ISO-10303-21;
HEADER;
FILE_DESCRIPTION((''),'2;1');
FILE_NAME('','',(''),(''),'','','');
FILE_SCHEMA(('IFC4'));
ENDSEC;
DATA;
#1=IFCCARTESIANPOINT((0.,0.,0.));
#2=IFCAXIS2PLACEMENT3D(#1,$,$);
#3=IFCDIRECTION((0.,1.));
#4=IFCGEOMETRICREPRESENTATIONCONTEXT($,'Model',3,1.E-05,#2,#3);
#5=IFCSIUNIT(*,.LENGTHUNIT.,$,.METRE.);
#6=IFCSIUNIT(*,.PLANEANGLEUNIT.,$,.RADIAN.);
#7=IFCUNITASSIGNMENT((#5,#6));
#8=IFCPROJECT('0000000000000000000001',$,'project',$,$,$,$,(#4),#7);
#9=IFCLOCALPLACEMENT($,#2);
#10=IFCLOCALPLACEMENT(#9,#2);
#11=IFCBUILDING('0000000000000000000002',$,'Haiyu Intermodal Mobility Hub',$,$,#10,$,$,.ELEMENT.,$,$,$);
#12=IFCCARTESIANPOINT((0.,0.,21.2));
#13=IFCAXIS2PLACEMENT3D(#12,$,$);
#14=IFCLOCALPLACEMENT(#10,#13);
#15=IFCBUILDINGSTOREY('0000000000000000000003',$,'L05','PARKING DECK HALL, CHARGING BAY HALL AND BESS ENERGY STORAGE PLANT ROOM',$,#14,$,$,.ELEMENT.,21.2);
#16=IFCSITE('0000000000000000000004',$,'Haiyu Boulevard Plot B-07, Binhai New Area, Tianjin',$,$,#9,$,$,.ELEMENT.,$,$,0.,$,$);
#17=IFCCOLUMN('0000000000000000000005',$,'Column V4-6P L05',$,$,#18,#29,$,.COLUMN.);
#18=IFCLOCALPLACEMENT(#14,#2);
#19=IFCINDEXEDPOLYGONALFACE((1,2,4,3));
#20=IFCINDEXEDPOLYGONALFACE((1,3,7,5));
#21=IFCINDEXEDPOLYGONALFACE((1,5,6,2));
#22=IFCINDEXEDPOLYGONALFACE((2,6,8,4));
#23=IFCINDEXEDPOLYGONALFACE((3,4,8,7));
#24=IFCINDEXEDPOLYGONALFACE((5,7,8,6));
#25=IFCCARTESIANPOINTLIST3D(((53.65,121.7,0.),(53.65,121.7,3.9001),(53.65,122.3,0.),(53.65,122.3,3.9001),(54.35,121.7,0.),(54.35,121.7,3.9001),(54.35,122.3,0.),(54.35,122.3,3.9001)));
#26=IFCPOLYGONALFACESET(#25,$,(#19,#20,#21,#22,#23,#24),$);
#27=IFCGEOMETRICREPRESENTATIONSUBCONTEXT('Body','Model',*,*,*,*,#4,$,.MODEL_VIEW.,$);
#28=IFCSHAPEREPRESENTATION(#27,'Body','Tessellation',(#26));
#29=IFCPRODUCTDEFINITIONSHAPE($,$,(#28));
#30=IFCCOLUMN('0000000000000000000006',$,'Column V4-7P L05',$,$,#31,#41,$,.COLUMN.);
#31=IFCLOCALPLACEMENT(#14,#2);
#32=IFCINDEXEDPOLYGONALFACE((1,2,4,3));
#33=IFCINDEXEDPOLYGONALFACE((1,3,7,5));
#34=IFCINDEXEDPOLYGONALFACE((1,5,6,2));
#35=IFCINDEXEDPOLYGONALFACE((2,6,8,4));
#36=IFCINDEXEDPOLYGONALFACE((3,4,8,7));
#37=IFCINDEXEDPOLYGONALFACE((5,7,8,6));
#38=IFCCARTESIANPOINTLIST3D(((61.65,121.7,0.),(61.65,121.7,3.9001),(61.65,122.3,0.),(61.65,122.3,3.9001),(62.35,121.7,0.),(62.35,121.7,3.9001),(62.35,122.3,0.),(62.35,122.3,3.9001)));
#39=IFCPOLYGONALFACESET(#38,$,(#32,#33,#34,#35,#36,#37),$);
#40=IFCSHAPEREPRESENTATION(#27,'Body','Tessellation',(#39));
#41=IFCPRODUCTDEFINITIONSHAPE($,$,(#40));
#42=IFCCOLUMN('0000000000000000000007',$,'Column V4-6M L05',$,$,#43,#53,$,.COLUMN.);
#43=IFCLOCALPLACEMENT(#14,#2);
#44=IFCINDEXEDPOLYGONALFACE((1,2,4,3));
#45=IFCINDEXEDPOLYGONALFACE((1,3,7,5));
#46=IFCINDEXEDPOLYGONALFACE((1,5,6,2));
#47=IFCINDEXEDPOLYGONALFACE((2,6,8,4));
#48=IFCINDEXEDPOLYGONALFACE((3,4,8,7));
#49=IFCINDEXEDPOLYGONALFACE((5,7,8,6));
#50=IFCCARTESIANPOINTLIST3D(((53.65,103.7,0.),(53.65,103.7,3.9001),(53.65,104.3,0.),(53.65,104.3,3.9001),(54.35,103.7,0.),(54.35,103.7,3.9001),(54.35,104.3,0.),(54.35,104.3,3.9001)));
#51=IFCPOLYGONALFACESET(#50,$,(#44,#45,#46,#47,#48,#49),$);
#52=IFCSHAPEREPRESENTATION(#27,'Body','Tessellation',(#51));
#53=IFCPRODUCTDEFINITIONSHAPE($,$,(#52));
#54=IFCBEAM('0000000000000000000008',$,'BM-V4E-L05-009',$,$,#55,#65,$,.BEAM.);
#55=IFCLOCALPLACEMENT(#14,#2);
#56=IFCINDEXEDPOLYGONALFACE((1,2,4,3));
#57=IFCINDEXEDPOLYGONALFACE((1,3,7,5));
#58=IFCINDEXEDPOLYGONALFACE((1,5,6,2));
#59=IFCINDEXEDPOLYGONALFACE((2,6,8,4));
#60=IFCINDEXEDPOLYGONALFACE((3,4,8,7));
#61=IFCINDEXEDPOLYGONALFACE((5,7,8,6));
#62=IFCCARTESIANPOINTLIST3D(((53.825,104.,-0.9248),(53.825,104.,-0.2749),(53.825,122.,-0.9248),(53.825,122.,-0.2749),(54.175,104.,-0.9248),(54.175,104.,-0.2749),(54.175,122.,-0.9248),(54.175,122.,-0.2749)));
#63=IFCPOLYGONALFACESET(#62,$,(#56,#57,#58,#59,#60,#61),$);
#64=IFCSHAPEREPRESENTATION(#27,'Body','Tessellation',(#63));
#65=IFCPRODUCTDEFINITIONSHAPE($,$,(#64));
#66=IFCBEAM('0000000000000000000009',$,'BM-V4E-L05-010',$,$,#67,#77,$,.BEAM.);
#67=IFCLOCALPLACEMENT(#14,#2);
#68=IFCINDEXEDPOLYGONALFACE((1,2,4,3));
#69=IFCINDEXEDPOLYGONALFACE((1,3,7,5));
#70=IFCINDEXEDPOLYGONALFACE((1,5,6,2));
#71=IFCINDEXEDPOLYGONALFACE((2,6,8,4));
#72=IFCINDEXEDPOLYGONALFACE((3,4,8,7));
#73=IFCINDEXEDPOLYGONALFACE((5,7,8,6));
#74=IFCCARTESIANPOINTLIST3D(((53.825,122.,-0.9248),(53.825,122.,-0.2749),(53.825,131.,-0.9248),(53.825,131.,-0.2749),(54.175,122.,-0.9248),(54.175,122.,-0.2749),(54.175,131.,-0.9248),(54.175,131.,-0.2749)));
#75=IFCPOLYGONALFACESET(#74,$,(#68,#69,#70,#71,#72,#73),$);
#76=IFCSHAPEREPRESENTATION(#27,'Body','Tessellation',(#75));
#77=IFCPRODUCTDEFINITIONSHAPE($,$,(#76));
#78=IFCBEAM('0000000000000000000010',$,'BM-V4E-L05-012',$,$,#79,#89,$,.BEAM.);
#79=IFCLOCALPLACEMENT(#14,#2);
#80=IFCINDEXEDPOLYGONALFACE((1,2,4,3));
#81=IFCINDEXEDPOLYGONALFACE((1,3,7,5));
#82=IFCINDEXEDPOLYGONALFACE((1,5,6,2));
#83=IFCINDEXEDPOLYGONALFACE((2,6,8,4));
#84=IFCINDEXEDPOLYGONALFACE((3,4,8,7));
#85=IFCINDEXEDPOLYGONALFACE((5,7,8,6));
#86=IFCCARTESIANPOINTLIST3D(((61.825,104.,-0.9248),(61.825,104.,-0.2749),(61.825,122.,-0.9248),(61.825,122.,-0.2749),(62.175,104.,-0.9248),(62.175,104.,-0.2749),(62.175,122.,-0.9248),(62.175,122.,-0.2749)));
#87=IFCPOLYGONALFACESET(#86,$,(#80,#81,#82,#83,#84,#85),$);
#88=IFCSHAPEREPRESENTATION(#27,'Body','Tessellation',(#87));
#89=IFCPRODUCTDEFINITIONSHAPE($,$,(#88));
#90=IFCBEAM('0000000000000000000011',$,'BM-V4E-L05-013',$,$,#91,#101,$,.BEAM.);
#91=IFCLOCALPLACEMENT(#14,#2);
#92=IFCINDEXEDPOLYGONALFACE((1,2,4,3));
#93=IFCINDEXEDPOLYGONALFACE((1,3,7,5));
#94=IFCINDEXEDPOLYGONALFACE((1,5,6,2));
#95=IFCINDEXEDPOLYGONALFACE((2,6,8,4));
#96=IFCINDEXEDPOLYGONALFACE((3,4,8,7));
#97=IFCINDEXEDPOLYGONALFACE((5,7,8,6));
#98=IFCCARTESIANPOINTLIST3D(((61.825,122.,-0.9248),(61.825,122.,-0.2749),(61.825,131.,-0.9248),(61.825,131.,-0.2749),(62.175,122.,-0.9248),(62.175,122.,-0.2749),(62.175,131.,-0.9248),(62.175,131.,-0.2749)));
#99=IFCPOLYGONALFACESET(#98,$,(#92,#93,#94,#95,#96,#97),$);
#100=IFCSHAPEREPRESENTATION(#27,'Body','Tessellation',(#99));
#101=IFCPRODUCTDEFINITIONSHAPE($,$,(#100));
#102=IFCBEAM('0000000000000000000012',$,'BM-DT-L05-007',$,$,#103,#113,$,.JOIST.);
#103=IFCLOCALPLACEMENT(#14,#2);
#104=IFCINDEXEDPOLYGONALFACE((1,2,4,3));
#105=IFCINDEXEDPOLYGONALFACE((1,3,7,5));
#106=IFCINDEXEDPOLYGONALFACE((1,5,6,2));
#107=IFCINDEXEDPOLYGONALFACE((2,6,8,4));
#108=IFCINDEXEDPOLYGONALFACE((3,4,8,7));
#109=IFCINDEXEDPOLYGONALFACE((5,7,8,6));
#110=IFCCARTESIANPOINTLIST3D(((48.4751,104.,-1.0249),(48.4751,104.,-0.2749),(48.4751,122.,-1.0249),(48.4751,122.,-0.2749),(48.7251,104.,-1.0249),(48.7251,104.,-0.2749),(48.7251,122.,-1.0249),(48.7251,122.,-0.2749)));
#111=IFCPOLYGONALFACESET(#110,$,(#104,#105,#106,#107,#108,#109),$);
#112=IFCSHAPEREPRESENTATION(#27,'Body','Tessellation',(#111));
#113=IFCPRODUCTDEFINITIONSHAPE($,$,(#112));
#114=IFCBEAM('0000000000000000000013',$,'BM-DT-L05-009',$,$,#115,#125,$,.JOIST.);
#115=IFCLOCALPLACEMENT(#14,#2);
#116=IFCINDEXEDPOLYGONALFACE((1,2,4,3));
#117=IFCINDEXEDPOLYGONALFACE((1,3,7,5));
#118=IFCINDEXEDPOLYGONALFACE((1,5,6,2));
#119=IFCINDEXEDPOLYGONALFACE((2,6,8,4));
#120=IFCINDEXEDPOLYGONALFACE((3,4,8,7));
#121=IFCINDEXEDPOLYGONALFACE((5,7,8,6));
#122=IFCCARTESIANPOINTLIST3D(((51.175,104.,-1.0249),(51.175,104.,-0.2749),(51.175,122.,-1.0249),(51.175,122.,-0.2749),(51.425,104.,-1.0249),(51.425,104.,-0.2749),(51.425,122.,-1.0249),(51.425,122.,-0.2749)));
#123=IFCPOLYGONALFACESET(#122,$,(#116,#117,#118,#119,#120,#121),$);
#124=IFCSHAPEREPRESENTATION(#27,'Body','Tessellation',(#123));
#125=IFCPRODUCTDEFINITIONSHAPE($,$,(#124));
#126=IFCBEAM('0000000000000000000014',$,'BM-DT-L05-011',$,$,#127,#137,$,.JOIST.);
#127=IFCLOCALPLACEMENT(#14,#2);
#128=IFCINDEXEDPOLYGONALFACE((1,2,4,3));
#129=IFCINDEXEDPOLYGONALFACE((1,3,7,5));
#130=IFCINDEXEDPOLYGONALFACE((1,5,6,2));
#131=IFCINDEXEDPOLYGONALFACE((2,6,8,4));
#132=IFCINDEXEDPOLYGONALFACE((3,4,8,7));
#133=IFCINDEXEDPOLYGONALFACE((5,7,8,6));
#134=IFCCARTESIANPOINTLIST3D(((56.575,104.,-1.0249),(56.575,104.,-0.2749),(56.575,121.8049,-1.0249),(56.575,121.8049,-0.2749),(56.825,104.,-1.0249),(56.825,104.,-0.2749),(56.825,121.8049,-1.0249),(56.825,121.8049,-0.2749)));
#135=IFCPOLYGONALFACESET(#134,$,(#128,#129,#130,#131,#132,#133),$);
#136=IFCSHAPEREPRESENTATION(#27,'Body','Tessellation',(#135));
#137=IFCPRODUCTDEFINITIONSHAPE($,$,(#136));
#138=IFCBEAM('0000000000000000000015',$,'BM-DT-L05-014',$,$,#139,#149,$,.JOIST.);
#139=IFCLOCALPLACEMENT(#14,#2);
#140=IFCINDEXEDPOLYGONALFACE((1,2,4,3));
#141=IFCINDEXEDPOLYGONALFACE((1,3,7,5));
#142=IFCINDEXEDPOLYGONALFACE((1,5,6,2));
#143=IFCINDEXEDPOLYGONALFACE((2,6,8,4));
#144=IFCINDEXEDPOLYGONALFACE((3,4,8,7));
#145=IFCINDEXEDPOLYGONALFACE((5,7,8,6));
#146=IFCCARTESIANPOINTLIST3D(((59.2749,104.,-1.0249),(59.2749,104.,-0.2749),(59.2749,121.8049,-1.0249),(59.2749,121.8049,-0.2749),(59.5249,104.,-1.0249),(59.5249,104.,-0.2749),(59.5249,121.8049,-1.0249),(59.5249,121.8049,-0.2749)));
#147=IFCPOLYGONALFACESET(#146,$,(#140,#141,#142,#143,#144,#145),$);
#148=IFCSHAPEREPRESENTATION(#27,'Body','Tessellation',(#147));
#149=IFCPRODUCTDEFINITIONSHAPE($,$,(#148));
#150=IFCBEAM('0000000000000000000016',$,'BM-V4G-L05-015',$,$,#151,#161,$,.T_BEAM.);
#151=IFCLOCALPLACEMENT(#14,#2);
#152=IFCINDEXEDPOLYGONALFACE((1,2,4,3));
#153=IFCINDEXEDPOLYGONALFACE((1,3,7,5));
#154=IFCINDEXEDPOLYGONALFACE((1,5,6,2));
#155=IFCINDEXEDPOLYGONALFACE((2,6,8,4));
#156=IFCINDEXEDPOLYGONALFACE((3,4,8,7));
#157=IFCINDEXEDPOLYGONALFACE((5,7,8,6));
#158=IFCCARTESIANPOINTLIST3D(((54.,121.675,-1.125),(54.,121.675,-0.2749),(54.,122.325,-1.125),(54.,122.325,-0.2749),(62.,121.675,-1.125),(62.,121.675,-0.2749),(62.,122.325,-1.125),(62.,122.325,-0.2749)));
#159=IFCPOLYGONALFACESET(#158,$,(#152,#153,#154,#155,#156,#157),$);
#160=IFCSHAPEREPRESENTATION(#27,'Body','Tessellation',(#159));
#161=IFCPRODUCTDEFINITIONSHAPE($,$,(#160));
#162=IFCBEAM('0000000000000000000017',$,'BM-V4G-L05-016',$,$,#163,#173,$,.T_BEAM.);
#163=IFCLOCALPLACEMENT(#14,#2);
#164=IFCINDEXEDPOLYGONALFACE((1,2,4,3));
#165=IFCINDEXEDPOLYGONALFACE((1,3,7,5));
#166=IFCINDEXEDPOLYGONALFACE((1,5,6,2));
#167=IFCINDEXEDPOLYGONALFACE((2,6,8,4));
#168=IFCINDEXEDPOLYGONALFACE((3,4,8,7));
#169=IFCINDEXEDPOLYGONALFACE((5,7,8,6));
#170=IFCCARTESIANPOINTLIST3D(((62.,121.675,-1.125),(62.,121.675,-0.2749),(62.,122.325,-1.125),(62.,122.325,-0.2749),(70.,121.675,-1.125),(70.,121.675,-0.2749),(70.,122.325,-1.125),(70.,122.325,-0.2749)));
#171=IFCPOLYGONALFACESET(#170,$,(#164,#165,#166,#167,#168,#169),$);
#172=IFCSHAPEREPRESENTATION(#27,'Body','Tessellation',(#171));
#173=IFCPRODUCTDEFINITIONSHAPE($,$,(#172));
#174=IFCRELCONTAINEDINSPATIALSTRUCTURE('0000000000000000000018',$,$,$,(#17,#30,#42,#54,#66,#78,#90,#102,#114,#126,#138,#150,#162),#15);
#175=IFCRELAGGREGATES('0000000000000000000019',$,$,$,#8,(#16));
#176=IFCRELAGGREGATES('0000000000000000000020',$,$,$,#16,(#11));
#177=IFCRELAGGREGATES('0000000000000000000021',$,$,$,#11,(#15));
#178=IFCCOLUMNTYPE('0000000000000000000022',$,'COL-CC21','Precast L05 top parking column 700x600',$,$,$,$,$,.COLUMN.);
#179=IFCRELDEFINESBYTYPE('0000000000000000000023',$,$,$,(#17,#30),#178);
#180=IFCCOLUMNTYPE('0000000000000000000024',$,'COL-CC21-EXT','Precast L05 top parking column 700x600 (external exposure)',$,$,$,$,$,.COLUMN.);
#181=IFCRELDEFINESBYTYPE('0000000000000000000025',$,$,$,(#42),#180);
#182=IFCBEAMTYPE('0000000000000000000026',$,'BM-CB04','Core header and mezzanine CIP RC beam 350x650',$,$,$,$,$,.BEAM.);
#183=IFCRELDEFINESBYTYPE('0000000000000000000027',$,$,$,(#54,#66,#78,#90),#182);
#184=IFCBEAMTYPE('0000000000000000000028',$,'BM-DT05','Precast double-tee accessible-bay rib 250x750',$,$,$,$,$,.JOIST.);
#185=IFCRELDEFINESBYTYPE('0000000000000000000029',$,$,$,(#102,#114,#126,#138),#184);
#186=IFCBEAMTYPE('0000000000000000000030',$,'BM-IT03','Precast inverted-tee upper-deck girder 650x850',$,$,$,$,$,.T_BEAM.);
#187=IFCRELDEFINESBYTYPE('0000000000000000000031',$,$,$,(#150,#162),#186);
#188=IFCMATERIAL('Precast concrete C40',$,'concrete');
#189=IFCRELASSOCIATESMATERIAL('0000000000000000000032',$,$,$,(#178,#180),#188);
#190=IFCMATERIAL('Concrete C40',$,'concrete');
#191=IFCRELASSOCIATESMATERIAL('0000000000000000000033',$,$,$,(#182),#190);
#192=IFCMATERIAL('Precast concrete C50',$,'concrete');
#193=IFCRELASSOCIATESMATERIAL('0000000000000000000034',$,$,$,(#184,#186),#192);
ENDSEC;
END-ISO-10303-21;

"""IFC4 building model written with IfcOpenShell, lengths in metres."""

from ifc_helpers import new_model, si_unit, direction, frame, origin, origin_2d, place, context, subcontext, project, spatial, rectangle, extrude, material, material_profile, profile_set, type_object, element, save


model = new_model("IFC4")

# Units and contexts
model_context = context("Model", 3, precision=1e-05, world=origin(), true_north=direction((0.0, 1.0)))
body_context = subcontext(model_context, "Body", "Model", "MODEL_VIEW")
ifc_project = project(units=[si_unit("LENGTHUNIT", "METRE"), si_unit("PLANEANGLEUNIT", "RADIAN")], contexts=[model_context])

# Site, building, storey
site_placement = place(None, origin())
site = spatial("IfcSite", under=ifc_project, at=site_placement, Name="Haiyu Boulevard Plot B-07, Binhai New Area, Tianjin", CompositionType="ELEMENT", RefElevation=0.0)
building_placement = place(site_placement, origin())
building = spatial("IfcBuilding", under=site, at=building_placement, Name="Haiyu Intermodal Mobility Hub", CompositionType="ELEMENT")
storey_placement = place(building_placement, frame((0.0, 0.0, 21.2)))
storey = spatial("IfcBuildingStorey", under=building, at=storey_placement, Name="L05", Description="PARKING DECK HALL, CHARGING BAY HALL AND BESS ENERGY STORAGE PLANT ROOM", CompositionType="ELEMENT", Elevation=21.2)

# Columns
ifc_material_1 = material(Name="Precast concrete C40", Category="concrete")
ifc_material_profile_1 = material_profile(ifc_material_1, rectangle(XDim=0.7, YDim=0.6001, at=origin_2d()), Name="C700x600")
ifc_profile_set_1 = profile_set([ifc_material_profile_1], Name="Precast concrete C40")
column_type_1 = type_object("IfcColumnType", Name="COL-CC21", Description="Precast L05 top parking column 700x600", PredefinedType="COLUMN", material=ifc_profile_set_1)
for number, where, z_axis, x_axis, name in (
    (1, (54.0, 122.0, 0.0), (0.0, 0.0, 1.0), (1.0, 0.0, 0.0), "Column V4-6P L05"),
    (2, (62.0, 122.0, 0.0), (0.0, 0.0, 1.0), (1.0, 0.0, 0.0), "Column V4-7P L05"),
):
    element("IfcColumn", number, at=place(storey_placement, frame(where, z_axis=z_axis, x_axis=x_axis)), inside=storey, type_object=column_type_1, Name=name, PredefinedType="COLUMN", context=body_context, shape_type="SweptSolid", body=[
        extrude(rectangle(XDim=0.7, YDim=0.6001, at=origin_2d()), origin(), (0.0, 0.0, 1.0), 3.9001),
    ])
ifc_material_profile_2 = material_profile(ifc_material_1, rectangle(XDim=0.7, YDim=0.6001, at=origin_2d()), Name="C700x600")
ifc_profile_set_2 = profile_set([ifc_material_profile_2], Name="Precast concrete C40")
column_type_2 = type_object("IfcColumnType", Name="COL-CC21-EXT", Description="Precast L05 top parking column 700x600 (external exposure)", PredefinedType="COLUMN", material=ifc_profile_set_2)
column_placement = place(storey_placement, frame((54.0, 104.0, 0.0), z_axis=(0.0, 0.0, 1.0), x_axis=(1.0, 0.0, 0.0)))
element("IfcColumn", 3, at=column_placement, inside=storey, type_object=column_type_2, Name="Column V4-6M L05", PredefinedType="COLUMN", context=body_context, shape_type="SweptSolid", body=[
    extrude(rectangle(XDim=0.7, YDim=0.6001, at=origin_2d()), origin(), (0.0, 0.0, 1.0), 3.9001),
])

# Beams
ifc_material_2 = material(Name="Concrete C40", Category="concrete")
ifc_material_profile_3 = material_profile(ifc_material_2, rectangle(XDim=0.3501, YDim=0.6499, at=origin_2d()), Name="RCB350x650")
ifc_profile_set_3 = profile_set([ifc_material_profile_3], Name="Concrete C40")
beam_type_1 = type_object("IfcBeamType", Name="BM-CB04", Description="Core header and mezzanine CIP RC beam 350x650", PredefinedType="BEAM", material=ifc_profile_set_3)
beam_1_placement = place(storey_placement, frame((54.0, 104.0, -0.5999), z_axis=(0.0, 1.0, 0.0), x_axis=(-1.0, 0.0, 0.0)))
element("IfcBeam", 4, at=beam_1_placement, inside=storey, type_object=beam_type_1, Name="BM-V4E-L05-009", PredefinedType="BEAM", context=body_context, shape_type="SweptSolid", body=[
    extrude(rectangle(XDim=0.3501, YDim=0.6499, at=origin_2d()), origin(), (0.0, 0.0, 1.0), 18.0),
])
beam_2_placement = place(storey_placement, frame((54.0, 122.0, -0.5999), z_axis=(0.0, 1.0, 0.0), x_axis=(-1.0, 0.0, 0.0)))
element("IfcBeam", 5, at=beam_2_placement, inside=storey, type_object=beam_type_1, Name="BM-V4E-L05-010", PredefinedType="BEAM", context=body_context, shape_type="SweptSolid", body=[
    extrude(rectangle(XDim=0.3501, YDim=0.6499, at=origin_2d()), origin(), (0.0, 0.0, 1.0), 9.0),
])
beam_3_placement = place(storey_placement, frame((62.0, 104.0, -0.5999), z_axis=(0.0, 1.0, 0.0), x_axis=(-1.0, 0.0, 0.0)))
element("IfcBeam", 6, at=beam_3_placement, inside=storey, type_object=beam_type_1, Name="BM-V4E-L05-012", PredefinedType="BEAM", context=body_context, shape_type="SweptSolid", body=[
    extrude(rectangle(XDim=0.3501, YDim=0.6499, at=origin_2d()), origin(), (0.0, 0.0, 1.0), 18.0),
])
beam_4_placement = place(storey_placement, frame((62.0, 122.0, -0.5999), z_axis=(0.0, 1.0, 0.0), x_axis=(-1.0, 0.0, 0.0)))
element("IfcBeam", 7, at=beam_4_placement, inside=storey, type_object=beam_type_1, Name="BM-V4E-L05-013", PredefinedType="BEAM", context=body_context, shape_type="SweptSolid", body=[
    extrude(rectangle(XDim=0.3501, YDim=0.6499, at=origin_2d()), origin(), (0.0, 0.0, 1.0), 9.0),
])
ifc_material_3 = material(Name="Precast concrete C50", Category="concrete")
ifc_material_profile_4 = material_profile(ifc_material_3, rectangle(XDim=0.25, YDim=0.75, at=origin_2d()), Name="B250x750")
ifc_profile_set_4 = profile_set([ifc_material_profile_4], Name="Precast concrete C50")
beam_type_2 = type_object("IfcBeamType", Name="BM-DT05", Description="Precast double-tee accessible-bay rib 250x750", PredefinedType="JOIST", material=ifc_profile_set_4)
for number, where, z_axis, x_axis, name in (
    (8, (48.6001, 104.0, -0.6499), (0.0, 1.0, 0.0), (-1.0, 0.0, 0.0), "BM-DT-L05-007"),
    (9, (51.3, 104.0, -0.6499), (0.0, 1.0, 0.0), (-1.0, 0.0, 0.0), "BM-DT-L05-009"),
):
    element("IfcBeam", number, at=place(storey_placement, frame(where, z_axis=z_axis, x_axis=x_axis)), inside=storey, type_object=beam_type_2, Name=name, PredefinedType="JOIST", context=body_context, shape_type="SweptSolid", body=[
        extrude(rectangle(XDim=0.25, YDim=0.75, at=origin_2d()), origin(), (0.0, 0.0, 1.0), 18.0),
    ])
for number, where, z_axis, x_axis, name in (
    (10, (56.7, 104.0, -0.6499), (0.0, 1.0, 0.0), (-1.0, 0.0, 0.0), "BM-DT-L05-011"),
    (11, (59.3999, 104.0, -0.6499), (0.0, 1.0, 0.0), (-1.0, 0.0, 0.0), "BM-DT-L05-014"),
):
    element("IfcBeam", number, at=place(storey_placement, frame(where, z_axis=z_axis, x_axis=x_axis)), inside=storey, type_object=beam_type_2, Name=name, PredefinedType="JOIST", context=body_context, shape_type="SweptSolid", body=[
        extrude(rectangle(XDim=0.25, YDim=0.75, at=origin_2d()), origin(), (0.0, 0.0, 1.0), 17.8049),
    ])
ifc_material_profile_5 = material_profile(ifc_material_3, rectangle(XDim=0.6499, YDim=0.8501, at=origin_2d()), Name="PC650x850")
ifc_profile_set_5 = profile_set([ifc_material_profile_5], Name="Precast concrete C50")
beam_type_3 = type_object("IfcBeamType", Name="BM-IT03", Description="Precast inverted-tee upper-deck girder 650x850", PredefinedType="T_BEAM", material=ifc_profile_set_5)
for number, where, z_axis, x_axis, name in (
    (12, (54.0, 122.0, -0.7), (1.0, 0.0, 0.0), (0.0, 1.0, 0.0), "BM-V4G-L05-015"),
    (13, (62.0, 122.0, -0.7), (1.0, 0.0, 0.0), (0.0, 1.0, 0.0), "BM-V4G-L05-016"),
):
    element("IfcBeam", number, at=place(storey_placement, frame(where, z_axis=z_axis, x_axis=x_axis)), inside=storey, type_object=beam_type_3, Name=name, PredefinedType="T_BEAM", context=body_context, shape_type="SweptSolid", body=[
        extrude(rectangle(XDim=0.6499, YDim=0.8501, at=origin_2d()), origin(), (0.0, 0.0, 1.0), 8.0),
    ])

save(model, "model.ifc")
